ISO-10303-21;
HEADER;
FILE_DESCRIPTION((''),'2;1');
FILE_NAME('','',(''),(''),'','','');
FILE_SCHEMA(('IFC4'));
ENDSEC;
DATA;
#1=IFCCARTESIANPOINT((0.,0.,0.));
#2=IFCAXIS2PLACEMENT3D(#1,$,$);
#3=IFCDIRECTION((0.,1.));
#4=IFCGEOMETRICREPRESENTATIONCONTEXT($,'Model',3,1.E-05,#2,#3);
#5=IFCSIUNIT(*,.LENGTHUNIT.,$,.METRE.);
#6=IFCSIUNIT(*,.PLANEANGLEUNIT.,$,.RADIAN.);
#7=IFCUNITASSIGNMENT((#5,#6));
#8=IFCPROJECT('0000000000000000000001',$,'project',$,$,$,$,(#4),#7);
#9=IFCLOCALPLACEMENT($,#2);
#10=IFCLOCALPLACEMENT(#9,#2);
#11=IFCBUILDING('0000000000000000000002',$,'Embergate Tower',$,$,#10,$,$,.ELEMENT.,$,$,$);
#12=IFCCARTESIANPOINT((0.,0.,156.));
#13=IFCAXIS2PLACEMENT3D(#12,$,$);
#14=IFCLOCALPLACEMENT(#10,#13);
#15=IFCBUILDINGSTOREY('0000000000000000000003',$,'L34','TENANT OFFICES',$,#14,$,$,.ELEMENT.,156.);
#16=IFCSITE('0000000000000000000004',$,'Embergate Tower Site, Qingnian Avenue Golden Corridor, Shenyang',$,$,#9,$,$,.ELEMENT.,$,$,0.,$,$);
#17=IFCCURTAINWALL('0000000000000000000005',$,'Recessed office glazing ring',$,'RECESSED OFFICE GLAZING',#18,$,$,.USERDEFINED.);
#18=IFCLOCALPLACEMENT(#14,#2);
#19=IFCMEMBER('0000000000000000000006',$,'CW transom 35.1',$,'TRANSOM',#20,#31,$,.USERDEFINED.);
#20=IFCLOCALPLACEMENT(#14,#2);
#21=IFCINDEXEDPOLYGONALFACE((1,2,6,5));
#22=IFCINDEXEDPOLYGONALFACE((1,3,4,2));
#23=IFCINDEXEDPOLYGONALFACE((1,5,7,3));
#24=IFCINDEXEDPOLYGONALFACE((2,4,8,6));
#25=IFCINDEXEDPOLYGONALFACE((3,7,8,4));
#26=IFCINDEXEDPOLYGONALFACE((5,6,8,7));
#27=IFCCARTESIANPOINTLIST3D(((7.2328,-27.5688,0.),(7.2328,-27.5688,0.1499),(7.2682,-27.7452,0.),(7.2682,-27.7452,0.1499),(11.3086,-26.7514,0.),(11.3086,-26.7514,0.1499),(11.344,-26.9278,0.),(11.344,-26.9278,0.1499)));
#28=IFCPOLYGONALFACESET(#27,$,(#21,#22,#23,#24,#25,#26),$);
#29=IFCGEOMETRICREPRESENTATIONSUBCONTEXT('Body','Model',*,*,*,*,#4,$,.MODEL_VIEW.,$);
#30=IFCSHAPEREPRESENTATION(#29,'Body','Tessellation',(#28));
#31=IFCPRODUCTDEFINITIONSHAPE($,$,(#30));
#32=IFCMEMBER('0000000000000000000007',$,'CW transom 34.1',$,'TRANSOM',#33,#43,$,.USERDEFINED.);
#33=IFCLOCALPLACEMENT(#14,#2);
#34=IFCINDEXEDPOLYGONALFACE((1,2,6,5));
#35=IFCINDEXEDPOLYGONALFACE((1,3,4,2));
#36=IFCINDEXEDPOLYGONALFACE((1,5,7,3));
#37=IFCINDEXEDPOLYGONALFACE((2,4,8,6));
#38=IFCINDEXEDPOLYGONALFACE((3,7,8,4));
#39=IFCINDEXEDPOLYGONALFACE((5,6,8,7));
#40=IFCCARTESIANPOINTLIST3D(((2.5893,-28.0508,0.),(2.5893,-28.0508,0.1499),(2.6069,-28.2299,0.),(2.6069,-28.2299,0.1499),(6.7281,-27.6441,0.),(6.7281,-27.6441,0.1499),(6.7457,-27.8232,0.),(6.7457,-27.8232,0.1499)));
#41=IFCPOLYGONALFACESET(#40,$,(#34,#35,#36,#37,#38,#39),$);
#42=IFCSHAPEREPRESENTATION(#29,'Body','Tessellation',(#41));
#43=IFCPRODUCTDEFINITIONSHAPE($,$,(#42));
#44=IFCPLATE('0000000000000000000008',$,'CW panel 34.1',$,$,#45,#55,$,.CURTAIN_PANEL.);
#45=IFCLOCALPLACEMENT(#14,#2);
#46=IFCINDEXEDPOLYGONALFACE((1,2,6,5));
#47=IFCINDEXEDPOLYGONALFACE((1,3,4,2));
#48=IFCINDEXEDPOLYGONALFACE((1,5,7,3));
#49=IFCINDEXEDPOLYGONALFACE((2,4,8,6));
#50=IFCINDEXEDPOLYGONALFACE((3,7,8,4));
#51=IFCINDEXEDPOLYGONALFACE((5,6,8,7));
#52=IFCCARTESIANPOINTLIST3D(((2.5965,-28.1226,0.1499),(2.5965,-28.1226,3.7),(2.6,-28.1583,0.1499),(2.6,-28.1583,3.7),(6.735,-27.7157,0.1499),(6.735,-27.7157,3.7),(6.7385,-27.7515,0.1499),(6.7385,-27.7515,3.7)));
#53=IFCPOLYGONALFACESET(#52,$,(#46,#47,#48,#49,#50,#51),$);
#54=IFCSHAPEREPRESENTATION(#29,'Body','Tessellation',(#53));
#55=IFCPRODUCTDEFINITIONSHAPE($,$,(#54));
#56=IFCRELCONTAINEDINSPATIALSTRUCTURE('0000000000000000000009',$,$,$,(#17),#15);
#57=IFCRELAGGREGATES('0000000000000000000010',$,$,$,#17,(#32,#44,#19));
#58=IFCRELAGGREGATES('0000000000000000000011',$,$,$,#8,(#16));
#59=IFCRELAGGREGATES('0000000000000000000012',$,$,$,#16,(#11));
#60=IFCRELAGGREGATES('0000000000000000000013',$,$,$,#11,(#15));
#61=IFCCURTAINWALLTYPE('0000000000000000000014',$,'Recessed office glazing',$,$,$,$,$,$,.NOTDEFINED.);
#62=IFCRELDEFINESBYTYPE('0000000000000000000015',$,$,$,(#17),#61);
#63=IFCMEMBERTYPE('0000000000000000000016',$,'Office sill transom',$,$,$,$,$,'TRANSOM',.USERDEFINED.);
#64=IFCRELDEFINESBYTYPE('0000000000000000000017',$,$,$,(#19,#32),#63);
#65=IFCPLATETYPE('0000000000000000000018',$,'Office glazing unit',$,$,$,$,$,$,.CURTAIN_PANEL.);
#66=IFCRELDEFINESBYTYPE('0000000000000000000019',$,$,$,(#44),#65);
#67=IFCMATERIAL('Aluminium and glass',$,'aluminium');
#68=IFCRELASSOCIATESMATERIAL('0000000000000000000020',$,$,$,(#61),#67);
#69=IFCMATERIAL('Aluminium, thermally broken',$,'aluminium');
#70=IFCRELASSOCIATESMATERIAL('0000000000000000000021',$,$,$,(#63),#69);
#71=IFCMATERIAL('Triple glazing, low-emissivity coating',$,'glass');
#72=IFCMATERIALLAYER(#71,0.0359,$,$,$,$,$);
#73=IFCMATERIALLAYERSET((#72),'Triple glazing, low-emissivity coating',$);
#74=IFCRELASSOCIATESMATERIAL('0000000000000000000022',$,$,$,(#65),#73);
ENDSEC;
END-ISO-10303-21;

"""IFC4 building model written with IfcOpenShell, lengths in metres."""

from ifc_helpers import new_model, si_unit, direction, frame, origin, origin_2d, place, context, subcontext, project, spatial, rectangle, extrude, source, transform, mapped, material, layer, layer_set, material_profile, profile_set, type_object, element, aggregate, save


model = new_model("IFC4")

# Units and contexts
model_context = context("Model", 3, precision=1e-05, world=origin(), true_north=direction((0.0, 1.0)))
body_context = subcontext(model_context, "Body", "Model", "MODEL_VIEW")
ifc_project = project(units=[si_unit("LENGTHUNIT", "METRE"), si_unit("PLANEANGLEUNIT", "RADIAN")], contexts=[model_context])

# Site, building, storey
site_placement = place(None, origin())
site = spatial("IfcSite", under=ifc_project, at=site_placement, Name="Embergate Tower Site, Qingnian Avenue Golden Corridor, Shenyang", CompositionType="ELEMENT", RefElevation=0.0)
building_placement = place(site_placement, origin())
building = spatial("IfcBuilding", under=site, at=building_placement, Name="Embergate Tower", CompositionType="ELEMENT")
storey_placement = place(building_placement, frame((0.0, 0.0, 156.0)))
storey = spatial("IfcBuildingStorey", under=building, at=storey_placement, Name="L34", Description="TENANT OFFICES", CompositionType="ELEMENT", Elevation=156.0)

# Curtain wall, members, plate
ifc_material_1 = material(Name="Aluminium and glass", Category="aluminium")
curtain_wall_type = type_object("IfcCurtainWallType", Name="Recessed office glazing", PredefinedType="NOTDEFINED", material=ifc_material_1)
curtain_wall_placement = place(storey_placement, origin())
curtain_wall = element("IfcCurtainWall", 1, at=curtain_wall_placement, inside=storey, type_object=curtain_wall_type, Name="Recessed office glazing ring", ObjectType="RECESSED OFFICE GLAZING", PredefinedType="USERDEFINED")
ifc_material_2 = material(Name="Aluminium, thermally broken", Category="aluminium")
ifc_material_profile_1 = material_profile(ifc_material_2, rectangle(XDim=0.1799, YDim=0.1499, at=origin_2d()), Name="AL 150x180")
ifc_profile_set_1 = profile_set([ifc_material_profile_1], Name="Aluminium, thermally broken")
member_type_1 = type_object("IfcMemberType", Name="Office sill transom", ElementType="TRANSOM", PredefinedType="USERDEFINED", material=ifc_profile_set_1)
shared_shape_1 = source(origin(), body_context, "Body", "SweptSolid", [
    extrude(rectangle(XDim=0.1799, YDim=0.1499, at=origin_2d()), origin(), (0.0, 0.0, 1.0), 4.157),
])
member_1_placement = place(storey_placement, frame((7.2505, -27.657, 0.075), z_axis=(0.980479, 0.196624, 0.0), x_axis=(-0.196624, 0.980479, 0.0)))
member_1 = element("IfcMember", 2, at=member_1_placement, type_object=member_type_1, Name="CW transom 35.1", ObjectType="TRANSOM", PredefinedType="USERDEFINED", context=body_context, shape_type="MappedRepresentation", body=[
    mapped(shared_shape_1, transform((0.0, 0.0, 0.0))),
])
shared_shape_2 = source(origin(), body_context, "Body", "SweptSolid", [
    extrude(rectangle(XDim=0.1799, YDim=0.1499, at=origin_2d()), origin(), (0.0, 0.0, 1.0), 4.1587),
])
member_2_placement = place(storey_placement, frame((2.5981, -28.1404, 0.075), z_axis=(0.995205, 0.097806, 0.0), x_axis=(-0.097806, 0.995205, 0.0)))
member_2 = element("IfcMember", 3, at=member_2_placement, type_object=member_type_1, Name="CW transom 34.1", ObjectType="TRANSOM", PredefinedType="USERDEFINED", context=body_context, shape_type="MappedRepresentation", body=[
    mapped(shared_shape_2, transform((0.0, 0.0, 0.0))),
])
ifc_material_3 = material(Name="Triple glazing, low-emissivity coating", Category="glass")
ifc_layer = layer(ifc_material_3, 0.0359)
ifc_layer_set = layer_set([ifc_layer], Name="Triple glazing, low-emissivity coating")
plate_type = type_object("IfcPlateType", Name="Office glazing unit", PredefinedType="CURTAIN_PANEL", material=ifc_layer_set)
shared_shape_3 = source(origin(), body_context, "Body", "SweptSolid", [
    extrude(rectangle(XDim=4.1584, YDim=0.0359, at=origin_2d()), origin(), (0.0, 0.0, 1.0), 3.55),
])
plate_placement = place(storey_placement, frame((4.6675, -27.937, 0.1499), z_axis=(0.0, 0.0, 1.0), x_axis=(0.995203, 0.09783, 0.0)))
plate = element("IfcPlate", 4, at=plate_placement, type_object=plate_type, Name="CW panel 34.1", PredefinedType="CURTAIN_PANEL", context=body_context, shape_type="MappedRepresentation", body=[
    mapped(shared_shape_3, transform((0.0, 0.0, 0.0))),
])
aggregate(curtain_wall, [member_2, plate, member_1])

save(model, "model.ifc")
